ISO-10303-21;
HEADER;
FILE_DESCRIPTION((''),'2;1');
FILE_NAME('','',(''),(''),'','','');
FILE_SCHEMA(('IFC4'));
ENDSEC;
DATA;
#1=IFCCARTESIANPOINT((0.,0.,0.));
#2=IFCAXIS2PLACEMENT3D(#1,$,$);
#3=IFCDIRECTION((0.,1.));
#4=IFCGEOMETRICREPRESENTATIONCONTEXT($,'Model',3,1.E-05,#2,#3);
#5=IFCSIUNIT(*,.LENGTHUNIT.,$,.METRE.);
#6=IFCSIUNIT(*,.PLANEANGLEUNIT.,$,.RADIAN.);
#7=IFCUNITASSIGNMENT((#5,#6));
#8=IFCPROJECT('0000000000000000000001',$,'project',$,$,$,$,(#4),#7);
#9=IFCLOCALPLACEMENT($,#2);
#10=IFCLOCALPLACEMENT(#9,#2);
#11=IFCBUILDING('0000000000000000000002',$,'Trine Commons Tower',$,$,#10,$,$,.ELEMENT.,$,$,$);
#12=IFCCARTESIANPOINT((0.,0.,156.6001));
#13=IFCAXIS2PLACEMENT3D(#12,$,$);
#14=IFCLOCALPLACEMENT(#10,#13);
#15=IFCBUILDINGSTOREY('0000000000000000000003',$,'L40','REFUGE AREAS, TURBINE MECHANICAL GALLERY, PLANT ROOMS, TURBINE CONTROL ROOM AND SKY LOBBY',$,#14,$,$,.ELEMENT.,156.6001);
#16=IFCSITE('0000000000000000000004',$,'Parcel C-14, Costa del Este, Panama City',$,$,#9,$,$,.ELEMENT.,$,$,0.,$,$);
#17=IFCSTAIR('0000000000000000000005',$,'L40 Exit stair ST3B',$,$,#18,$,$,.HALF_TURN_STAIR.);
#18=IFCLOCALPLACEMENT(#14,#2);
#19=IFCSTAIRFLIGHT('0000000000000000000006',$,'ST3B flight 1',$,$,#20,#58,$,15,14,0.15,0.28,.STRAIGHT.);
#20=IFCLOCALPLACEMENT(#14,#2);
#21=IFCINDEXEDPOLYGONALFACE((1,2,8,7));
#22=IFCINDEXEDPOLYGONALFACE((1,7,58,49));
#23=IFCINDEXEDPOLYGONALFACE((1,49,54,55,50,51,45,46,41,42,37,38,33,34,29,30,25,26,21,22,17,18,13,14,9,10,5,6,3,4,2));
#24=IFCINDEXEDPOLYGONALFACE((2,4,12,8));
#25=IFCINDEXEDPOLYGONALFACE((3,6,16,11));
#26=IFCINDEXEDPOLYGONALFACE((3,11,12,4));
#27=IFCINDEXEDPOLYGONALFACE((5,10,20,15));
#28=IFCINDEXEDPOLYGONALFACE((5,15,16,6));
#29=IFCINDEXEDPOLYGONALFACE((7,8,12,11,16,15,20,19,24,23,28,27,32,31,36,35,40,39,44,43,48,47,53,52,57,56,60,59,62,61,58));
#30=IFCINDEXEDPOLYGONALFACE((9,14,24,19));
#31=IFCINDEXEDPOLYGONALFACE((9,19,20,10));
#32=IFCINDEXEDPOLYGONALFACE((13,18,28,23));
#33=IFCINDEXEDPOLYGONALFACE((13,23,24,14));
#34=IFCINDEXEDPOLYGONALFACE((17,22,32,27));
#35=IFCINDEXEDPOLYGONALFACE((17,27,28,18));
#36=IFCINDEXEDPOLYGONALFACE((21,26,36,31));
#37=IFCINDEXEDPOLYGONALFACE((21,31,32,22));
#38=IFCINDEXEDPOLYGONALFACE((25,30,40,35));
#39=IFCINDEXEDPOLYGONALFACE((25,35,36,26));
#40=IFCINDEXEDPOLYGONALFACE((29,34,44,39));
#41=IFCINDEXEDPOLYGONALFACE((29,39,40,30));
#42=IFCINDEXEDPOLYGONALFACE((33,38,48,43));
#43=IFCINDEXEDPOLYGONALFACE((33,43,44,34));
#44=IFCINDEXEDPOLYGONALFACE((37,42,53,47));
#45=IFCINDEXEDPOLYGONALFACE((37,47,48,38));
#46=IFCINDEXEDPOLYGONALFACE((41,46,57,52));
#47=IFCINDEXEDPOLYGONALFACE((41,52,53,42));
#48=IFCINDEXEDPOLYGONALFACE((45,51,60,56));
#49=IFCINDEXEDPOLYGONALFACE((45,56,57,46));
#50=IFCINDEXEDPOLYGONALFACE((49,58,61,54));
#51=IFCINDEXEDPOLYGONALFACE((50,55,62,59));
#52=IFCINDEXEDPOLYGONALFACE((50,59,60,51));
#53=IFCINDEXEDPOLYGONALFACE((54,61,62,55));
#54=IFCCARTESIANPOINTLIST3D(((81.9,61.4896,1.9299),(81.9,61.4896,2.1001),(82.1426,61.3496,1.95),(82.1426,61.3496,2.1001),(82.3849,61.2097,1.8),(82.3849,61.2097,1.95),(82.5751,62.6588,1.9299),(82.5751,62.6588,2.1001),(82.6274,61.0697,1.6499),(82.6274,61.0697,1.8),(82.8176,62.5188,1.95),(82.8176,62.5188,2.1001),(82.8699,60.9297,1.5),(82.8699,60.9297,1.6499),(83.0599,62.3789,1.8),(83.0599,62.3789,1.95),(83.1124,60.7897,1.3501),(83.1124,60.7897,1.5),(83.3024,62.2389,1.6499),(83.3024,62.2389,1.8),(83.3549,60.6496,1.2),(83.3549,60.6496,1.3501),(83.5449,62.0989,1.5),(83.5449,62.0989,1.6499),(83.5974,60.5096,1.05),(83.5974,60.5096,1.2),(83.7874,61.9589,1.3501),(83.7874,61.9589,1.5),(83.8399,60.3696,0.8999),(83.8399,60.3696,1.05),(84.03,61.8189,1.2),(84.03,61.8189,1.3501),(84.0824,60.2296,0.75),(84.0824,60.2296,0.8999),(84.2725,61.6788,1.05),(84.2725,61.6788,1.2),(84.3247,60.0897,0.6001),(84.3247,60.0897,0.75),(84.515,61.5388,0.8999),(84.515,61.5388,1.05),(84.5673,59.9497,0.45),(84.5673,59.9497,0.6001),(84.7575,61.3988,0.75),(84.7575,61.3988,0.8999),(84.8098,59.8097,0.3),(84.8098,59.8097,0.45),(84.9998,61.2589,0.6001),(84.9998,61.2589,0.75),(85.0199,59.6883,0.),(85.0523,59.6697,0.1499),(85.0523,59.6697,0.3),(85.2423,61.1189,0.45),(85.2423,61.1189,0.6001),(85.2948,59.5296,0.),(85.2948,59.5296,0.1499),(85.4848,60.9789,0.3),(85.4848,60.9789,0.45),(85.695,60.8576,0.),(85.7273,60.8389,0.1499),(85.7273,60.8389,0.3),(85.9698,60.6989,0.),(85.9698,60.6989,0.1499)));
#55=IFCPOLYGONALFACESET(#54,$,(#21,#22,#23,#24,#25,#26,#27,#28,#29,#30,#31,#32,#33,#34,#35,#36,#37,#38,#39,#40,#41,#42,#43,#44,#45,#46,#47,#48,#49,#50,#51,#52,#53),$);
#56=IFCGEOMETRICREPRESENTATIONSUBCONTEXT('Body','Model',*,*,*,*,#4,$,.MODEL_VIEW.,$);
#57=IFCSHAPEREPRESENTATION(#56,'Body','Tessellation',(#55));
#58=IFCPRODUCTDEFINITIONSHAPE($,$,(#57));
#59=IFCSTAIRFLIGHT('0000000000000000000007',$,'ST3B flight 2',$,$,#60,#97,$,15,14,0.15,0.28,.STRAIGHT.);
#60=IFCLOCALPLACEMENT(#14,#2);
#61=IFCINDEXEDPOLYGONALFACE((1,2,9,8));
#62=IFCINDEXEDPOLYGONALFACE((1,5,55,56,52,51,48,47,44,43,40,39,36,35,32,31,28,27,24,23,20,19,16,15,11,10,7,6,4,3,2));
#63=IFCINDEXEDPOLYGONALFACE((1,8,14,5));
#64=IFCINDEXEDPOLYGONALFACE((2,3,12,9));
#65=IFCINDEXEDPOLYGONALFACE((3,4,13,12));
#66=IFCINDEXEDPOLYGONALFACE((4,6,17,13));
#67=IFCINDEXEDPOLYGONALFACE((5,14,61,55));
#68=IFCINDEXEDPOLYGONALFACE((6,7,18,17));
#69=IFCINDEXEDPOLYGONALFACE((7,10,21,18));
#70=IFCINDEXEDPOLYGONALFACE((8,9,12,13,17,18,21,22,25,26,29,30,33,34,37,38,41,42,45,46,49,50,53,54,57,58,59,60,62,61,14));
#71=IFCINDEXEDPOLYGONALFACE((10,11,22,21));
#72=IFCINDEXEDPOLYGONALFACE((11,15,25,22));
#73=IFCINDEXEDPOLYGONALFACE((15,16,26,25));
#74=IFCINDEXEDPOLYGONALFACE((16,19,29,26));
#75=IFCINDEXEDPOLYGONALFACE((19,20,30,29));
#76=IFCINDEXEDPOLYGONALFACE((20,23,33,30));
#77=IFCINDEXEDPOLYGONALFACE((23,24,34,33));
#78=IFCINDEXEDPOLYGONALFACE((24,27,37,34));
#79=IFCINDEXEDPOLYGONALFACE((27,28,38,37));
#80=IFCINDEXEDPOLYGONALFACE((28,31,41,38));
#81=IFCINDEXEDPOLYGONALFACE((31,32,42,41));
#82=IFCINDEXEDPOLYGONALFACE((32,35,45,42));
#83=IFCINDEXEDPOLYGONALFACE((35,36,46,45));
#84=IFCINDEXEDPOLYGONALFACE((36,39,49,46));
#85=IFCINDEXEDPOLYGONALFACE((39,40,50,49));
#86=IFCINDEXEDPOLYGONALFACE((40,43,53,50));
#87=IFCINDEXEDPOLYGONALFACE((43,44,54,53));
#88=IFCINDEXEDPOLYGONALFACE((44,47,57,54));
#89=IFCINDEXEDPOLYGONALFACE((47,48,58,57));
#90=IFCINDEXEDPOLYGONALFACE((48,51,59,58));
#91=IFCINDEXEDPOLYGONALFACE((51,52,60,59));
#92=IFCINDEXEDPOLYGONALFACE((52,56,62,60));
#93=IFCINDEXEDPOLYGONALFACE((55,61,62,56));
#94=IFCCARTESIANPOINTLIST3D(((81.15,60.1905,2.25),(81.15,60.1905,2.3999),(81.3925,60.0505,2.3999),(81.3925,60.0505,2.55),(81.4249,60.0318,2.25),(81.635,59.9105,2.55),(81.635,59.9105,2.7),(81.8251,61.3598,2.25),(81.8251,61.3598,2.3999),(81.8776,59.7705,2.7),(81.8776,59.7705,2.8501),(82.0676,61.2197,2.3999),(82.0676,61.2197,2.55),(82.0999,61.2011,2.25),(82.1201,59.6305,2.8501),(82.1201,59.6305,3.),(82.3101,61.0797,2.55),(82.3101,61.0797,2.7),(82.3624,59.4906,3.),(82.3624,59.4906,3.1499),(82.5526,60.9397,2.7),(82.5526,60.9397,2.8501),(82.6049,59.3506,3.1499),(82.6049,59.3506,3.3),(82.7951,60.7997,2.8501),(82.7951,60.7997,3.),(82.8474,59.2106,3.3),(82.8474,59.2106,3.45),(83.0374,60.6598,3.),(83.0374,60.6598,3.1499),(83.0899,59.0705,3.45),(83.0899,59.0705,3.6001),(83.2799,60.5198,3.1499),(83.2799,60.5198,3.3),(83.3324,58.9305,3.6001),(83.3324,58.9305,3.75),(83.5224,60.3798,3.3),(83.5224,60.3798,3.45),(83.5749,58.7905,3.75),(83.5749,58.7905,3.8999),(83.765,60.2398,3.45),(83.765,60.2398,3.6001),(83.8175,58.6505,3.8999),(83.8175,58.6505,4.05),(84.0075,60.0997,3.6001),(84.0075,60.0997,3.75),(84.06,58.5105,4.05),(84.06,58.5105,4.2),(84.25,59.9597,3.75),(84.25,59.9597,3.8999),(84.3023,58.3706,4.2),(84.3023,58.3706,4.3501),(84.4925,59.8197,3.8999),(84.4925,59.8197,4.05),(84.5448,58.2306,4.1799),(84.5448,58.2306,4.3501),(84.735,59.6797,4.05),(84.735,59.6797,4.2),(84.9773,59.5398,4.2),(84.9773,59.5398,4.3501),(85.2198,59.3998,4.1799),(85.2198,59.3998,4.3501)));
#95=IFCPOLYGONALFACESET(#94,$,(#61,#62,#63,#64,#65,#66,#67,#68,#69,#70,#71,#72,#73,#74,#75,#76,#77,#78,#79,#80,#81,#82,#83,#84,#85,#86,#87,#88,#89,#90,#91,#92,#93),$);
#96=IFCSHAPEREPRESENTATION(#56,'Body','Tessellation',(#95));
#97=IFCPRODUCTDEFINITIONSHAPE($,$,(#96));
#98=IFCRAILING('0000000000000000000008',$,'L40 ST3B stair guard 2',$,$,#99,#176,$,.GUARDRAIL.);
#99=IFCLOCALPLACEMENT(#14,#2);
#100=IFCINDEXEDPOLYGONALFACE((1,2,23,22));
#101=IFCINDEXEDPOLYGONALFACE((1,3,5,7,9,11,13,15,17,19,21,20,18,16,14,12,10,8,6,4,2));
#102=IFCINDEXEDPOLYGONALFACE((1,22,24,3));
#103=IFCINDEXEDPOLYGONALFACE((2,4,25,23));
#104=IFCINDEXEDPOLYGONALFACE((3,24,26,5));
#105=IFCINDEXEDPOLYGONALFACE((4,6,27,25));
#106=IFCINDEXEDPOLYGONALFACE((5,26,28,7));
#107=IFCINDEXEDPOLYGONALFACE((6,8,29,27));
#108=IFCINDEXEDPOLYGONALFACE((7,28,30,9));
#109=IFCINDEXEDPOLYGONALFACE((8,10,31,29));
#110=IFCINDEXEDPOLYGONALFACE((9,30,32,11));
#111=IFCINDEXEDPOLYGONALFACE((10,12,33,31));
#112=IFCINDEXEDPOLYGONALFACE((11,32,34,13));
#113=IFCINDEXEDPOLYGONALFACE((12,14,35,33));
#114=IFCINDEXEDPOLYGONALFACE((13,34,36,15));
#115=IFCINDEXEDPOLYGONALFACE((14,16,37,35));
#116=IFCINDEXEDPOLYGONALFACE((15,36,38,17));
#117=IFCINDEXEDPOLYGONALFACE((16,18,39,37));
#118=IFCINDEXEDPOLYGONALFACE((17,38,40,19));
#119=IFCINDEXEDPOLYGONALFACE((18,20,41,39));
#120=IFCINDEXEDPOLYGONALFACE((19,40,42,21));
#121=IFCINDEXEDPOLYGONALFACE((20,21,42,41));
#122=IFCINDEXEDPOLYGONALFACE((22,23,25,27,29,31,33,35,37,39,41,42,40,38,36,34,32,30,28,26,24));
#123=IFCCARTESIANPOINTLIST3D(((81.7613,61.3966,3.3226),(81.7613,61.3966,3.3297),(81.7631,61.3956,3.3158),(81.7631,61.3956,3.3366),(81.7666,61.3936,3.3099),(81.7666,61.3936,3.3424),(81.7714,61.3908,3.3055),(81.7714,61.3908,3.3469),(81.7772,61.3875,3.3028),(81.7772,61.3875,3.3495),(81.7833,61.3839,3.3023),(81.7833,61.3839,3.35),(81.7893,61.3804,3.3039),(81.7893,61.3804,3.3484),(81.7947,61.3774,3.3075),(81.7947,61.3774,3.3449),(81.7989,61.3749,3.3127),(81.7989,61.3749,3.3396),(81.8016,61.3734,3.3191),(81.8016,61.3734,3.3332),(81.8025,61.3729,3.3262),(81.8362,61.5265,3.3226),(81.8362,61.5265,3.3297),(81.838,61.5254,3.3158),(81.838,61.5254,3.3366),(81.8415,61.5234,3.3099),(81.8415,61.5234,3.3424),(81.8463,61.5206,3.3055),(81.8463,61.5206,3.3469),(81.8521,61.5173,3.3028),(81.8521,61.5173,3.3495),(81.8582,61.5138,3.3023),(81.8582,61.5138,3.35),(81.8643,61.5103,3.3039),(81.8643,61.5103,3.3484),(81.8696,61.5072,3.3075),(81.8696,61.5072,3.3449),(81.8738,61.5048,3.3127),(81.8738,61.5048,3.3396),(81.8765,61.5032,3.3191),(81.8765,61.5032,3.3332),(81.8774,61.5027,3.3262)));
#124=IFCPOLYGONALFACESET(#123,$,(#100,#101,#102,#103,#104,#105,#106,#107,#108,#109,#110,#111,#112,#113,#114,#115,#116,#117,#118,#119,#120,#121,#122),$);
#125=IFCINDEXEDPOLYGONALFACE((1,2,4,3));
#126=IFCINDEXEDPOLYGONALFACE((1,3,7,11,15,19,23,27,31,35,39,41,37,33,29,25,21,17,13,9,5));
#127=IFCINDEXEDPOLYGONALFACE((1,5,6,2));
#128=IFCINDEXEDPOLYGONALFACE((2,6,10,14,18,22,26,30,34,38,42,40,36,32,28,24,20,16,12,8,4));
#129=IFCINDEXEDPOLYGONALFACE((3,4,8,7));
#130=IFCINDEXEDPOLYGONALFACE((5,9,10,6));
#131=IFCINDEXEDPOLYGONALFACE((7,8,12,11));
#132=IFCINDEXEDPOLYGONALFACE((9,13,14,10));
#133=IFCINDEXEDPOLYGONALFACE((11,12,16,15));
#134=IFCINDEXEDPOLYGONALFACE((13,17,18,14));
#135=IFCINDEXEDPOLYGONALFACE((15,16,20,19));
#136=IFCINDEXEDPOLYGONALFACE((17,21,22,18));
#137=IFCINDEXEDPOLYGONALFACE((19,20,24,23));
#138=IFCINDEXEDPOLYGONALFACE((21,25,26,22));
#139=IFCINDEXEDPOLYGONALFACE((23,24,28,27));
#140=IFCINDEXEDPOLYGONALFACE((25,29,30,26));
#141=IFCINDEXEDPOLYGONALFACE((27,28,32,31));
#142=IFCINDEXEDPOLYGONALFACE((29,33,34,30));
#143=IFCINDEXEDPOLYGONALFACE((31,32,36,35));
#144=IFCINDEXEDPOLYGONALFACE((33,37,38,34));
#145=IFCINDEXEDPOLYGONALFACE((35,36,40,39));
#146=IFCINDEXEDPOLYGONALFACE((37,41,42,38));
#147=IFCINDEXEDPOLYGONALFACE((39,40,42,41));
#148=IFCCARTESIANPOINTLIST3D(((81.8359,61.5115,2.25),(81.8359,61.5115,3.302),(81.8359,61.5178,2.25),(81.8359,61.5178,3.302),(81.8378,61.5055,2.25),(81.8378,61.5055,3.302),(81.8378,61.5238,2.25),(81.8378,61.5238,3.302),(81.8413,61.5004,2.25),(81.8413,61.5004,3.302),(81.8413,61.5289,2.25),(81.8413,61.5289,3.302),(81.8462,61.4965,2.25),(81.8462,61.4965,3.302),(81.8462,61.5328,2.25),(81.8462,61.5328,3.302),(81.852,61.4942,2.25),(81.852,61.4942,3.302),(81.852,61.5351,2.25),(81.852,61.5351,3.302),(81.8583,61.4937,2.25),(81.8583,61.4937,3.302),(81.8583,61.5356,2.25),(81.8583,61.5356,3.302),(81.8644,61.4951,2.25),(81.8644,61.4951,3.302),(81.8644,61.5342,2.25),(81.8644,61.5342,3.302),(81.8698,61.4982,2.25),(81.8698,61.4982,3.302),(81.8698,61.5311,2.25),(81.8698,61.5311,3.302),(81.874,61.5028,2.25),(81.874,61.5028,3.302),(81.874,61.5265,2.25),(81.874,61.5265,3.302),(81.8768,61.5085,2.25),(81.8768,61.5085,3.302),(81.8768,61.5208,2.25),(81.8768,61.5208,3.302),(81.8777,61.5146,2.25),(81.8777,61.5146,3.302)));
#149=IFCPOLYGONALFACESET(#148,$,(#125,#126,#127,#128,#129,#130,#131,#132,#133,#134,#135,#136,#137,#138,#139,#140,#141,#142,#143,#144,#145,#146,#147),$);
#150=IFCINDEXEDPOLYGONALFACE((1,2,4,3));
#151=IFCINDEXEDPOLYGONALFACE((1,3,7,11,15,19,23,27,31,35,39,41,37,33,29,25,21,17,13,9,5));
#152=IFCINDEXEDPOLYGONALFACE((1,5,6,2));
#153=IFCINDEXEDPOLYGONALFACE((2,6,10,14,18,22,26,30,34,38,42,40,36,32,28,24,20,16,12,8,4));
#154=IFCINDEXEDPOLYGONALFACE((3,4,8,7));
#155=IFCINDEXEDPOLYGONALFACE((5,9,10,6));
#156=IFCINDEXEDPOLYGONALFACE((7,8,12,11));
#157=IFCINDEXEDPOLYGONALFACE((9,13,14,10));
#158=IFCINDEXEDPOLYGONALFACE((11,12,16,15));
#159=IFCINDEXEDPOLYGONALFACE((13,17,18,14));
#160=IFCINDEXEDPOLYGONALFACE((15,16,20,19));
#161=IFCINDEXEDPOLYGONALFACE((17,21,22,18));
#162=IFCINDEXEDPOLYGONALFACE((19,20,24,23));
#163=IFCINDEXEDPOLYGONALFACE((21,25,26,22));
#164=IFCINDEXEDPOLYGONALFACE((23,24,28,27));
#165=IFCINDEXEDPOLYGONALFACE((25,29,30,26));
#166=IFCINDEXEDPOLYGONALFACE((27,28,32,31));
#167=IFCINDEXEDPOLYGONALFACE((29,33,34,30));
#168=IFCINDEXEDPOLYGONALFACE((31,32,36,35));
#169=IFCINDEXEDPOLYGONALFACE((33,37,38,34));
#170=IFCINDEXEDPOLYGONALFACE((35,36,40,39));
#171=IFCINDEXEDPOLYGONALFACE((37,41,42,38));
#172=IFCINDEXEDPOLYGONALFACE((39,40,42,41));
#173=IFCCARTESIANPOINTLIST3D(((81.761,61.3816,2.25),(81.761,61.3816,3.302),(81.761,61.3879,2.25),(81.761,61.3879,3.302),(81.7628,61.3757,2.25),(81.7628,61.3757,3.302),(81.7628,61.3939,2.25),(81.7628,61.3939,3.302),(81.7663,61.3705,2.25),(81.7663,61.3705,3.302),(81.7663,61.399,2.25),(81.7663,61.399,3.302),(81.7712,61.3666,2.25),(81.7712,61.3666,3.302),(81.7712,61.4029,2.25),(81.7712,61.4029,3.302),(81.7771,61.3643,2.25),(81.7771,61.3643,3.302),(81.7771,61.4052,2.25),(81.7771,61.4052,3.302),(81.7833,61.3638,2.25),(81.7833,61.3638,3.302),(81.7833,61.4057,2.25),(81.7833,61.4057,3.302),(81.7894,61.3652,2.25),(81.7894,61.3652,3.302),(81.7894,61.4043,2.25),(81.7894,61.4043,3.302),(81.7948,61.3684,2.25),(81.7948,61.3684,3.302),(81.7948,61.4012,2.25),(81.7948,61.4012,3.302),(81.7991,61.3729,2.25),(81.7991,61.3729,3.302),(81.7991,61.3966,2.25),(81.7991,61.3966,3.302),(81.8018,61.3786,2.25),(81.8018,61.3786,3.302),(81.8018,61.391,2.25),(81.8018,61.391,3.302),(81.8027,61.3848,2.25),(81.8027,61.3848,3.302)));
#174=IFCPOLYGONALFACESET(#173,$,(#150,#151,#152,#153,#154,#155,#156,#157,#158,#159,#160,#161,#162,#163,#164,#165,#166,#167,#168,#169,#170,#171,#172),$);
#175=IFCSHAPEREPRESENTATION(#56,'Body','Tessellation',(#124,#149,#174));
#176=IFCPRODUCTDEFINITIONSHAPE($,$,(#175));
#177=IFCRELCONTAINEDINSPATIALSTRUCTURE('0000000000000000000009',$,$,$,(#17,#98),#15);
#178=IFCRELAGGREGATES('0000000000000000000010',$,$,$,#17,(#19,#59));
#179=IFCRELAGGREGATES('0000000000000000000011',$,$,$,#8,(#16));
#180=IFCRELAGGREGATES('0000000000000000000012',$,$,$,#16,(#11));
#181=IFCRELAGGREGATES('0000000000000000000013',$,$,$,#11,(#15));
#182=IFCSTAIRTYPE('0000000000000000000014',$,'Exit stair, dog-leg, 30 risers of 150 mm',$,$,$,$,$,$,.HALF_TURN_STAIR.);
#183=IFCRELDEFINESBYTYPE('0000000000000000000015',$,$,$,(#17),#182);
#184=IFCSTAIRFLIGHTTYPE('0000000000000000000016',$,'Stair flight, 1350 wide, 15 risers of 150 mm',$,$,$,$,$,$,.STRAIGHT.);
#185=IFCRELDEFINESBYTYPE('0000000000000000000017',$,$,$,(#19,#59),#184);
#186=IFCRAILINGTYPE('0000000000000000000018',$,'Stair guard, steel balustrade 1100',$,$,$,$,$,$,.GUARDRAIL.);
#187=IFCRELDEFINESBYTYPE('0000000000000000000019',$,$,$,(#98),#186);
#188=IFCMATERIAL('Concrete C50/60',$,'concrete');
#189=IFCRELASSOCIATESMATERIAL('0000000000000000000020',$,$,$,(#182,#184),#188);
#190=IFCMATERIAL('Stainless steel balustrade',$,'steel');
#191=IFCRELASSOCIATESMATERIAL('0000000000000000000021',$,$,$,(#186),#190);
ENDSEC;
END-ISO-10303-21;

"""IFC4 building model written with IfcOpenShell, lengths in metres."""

from ifc_helpers import new_model, si_unit, direction, frame, origin, origin_2d, place, context, subcontext, project, spatial, polyline, circle, outline, extrude, material, type_object, element, aggregate, save


model = new_model("IFC4")

# Units and contexts
model_context = context("Model", 3, precision=1e-05, world=origin(), true_north=direction((0.0, 1.0)))
body_context = subcontext(model_context, "Body", "Model", "MODEL_VIEW")
ifc_project = project(units=[si_unit("LENGTHUNIT", "METRE"), si_unit("PLANEANGLEUNIT", "RADIAN")], contexts=[model_context])

# Site, building, storey
site_placement = place(None, origin())
site = spatial("IfcSite", under=ifc_project, at=site_placement, Name="Parcel C-14, Costa del Este, Panama City", CompositionType="ELEMENT", RefElevation=0.0)
building_placement = place(site_placement, origin())
building = spatial("IfcBuilding", under=site, at=building_placement, Name="Trine Commons Tower", CompositionType="ELEMENT")
storey_placement = place(building_placement, frame((0.0, 0.0, 156.6001)))
storey = spatial("IfcBuildingStorey", under=building, at=storey_placement, Name="L40", Description="REFUGE AREAS, TURBINE MECHANICAL GALLERY, PLANT ROOMS, TURBINE CONTROL ROOM AND SKY LOBBY", CompositionType="ELEMENT", Elevation=156.6001)

# Stair, stair flights
ifc_material_1 = material(Name="Concrete C50/60", Category="concrete")
stair_type = type_object("IfcStairType", Name="Exit stair, dog-leg, 30 risers of 150 mm", PredefinedType="HALF_TURN_STAIR", material=ifc_material_1)
stair_placement = place(storey_placement, origin())
stair = element("IfcStair", 1, at=stair_placement, inside=storey, type_object=stair_type, Name="L40 Exit stair ST3B", PredefinedType="HALF_TURN_STAIR")
stair_flight_type = type_object("IfcStairFlightType", Name="Stair flight, 1350 wide, 15 risers of 150 mm", PredefinedType="STRAIGHT", material=ifc_material_1)
stair_flight_1_placement = place(storey_placement, frame((85.6323, 60.1143, 0.0), z_axis=(0.0, 0.0, 1.0), x_axis=(-0.866025, 0.5, 0.0)))
stair_flight_1 = element("IfcStairFlight", 2, at=stair_flight_1_placement, type_object=stair_flight_type, Name="ST3B flight 1", NumberOfRisers=15, NumberOfTreads=14, PredefinedType="STRAIGHT", RiserHeight=0.15, TreadLength=0.28, context=body_context, shape_type="SweptSolid", body=[
    extrude(outline(polyline([(0.0, 0.0), (0.0, 0.1499), (0.28, 0.1499), (0.28, 0.3), (0.5601, 0.3), (0.5601, 0.45), (0.8401, 0.45), (0.8401, 0.6001), (1.1201, 0.6001), (1.1201, 0.75), (1.3999, 0.75), (1.3999, 0.8999), (1.6799, 0.8999), (1.6799, 1.05), (1.96, 1.05), (1.96, 1.2), (2.24, 1.2), (2.24, 1.3501), (2.52, 1.3501), (2.52, 1.5), (2.8, 1.5), (2.8, 1.6499), (3.0801, 1.6499), (3.0801, 1.8), (3.3601, 1.8), (3.3601, 1.95), (3.6399, 1.95), (3.6399, 2.1001), (3.9199, 2.1001), (3.9199, 2.25), (3.9199, 1.9299), (0.3174, 0.0), (0.0, 0.0)])), frame((0.0, 0.675, 0.0), z_axis=(0.0, -1.0, 0.0), x_axis=(1.0, 0.0, 0.0)), (0.0, 0.0, 1.0), 1.3501),
])
stair_flight_2_placement = place(storey_placement, frame((81.4875, 60.7751, 2.25), z_axis=(0.0, 0.0, 1.0), x_axis=(0.866025, -0.5, 0.0)))
stair_flight_2 = element("IfcStairFlight", 3, at=stair_flight_2_placement, type_object=stair_flight_type, Name="ST3B flight 2", NumberOfRisers=15, NumberOfTreads=14, PredefinedType="STRAIGHT", RiserHeight=0.15, TreadLength=0.28, context=body_context, shape_type="SweptSolid", body=[
    extrude(outline(polyline([(0.0, 0.0), (0.0, 0.1499), (0.28, 0.1499), (0.28, 0.3), (0.5601, 0.3), (0.5601, 0.45), (0.8401, 0.45), (0.8401, 0.6001), (1.1201, 0.6001), (1.1201, 0.75), (1.3999, 0.75), (1.3999, 0.8999), (1.6799, 0.8999), (1.6799, 1.05), (1.96, 1.05), (1.96, 1.2), (2.24, 1.2), (2.24, 1.3501), (2.52, 1.3501), (2.52, 1.5), (2.8, 1.5), (2.8, 1.6499), (3.0801, 1.6499), (3.0801, 1.8), (3.3601, 1.8), (3.3601, 1.95), (3.6399, 1.95), (3.6399, 2.1001), (3.9199, 2.1001), (3.9199, 2.25), (3.9199, 1.9299), (0.3174, 0.0), (0.0, 0.0)])), frame((0.0, 0.675, 0.0), z_axis=(0.0, -1.0, 0.0), x_axis=(1.0, 0.0, 0.0)), (0.0, 0.0, 1.0), 1.3501),
])
aggregate(stair, [stair_flight_1, stair_flight_2])

# Railing
ifc_material_2 = material(Name="Stainless steel balustrade", Category="steel")
railing_type_1 = type_object("IfcRailingType", Name="Stair guard, steel balustrade 1100", PredefinedType="GUARDRAIL", material=ifc_material_2)
railing_1_placement = place(storey_placement, frame((81.8567, 61.5146, 2.25)))
element("IfcRailing", 4, at=railing_1_placement, inside=storey, type_object=railing_type_1, Name="L40 ST3B stair guard 2", PredefinedType="GUARDRAIL", context=body_context, shape_type="SweptSolid", body=[
    extrude(circle(Radius=0.0239, at=origin_2d()), frame((0.0, 0.0, 1.0762), z_axis=(-0.499816, -0.866131, 0.0), x_axis=(0.866131, -0.499816, 0.0)), (0.0, 0.0, 1.0), 0.1499),
    extrude(circle(Radius=0.021, at=origin_2d()), origin(), (0.0, 0.0, 1.0), 1.052),
    extrude(circle(Radius=0.021, at=origin_2d()), frame((-0.075, -0.1299, 0.0)), (0.0, 0.0, 1.0), 1.052),
])

save(model, "model.ifc")
